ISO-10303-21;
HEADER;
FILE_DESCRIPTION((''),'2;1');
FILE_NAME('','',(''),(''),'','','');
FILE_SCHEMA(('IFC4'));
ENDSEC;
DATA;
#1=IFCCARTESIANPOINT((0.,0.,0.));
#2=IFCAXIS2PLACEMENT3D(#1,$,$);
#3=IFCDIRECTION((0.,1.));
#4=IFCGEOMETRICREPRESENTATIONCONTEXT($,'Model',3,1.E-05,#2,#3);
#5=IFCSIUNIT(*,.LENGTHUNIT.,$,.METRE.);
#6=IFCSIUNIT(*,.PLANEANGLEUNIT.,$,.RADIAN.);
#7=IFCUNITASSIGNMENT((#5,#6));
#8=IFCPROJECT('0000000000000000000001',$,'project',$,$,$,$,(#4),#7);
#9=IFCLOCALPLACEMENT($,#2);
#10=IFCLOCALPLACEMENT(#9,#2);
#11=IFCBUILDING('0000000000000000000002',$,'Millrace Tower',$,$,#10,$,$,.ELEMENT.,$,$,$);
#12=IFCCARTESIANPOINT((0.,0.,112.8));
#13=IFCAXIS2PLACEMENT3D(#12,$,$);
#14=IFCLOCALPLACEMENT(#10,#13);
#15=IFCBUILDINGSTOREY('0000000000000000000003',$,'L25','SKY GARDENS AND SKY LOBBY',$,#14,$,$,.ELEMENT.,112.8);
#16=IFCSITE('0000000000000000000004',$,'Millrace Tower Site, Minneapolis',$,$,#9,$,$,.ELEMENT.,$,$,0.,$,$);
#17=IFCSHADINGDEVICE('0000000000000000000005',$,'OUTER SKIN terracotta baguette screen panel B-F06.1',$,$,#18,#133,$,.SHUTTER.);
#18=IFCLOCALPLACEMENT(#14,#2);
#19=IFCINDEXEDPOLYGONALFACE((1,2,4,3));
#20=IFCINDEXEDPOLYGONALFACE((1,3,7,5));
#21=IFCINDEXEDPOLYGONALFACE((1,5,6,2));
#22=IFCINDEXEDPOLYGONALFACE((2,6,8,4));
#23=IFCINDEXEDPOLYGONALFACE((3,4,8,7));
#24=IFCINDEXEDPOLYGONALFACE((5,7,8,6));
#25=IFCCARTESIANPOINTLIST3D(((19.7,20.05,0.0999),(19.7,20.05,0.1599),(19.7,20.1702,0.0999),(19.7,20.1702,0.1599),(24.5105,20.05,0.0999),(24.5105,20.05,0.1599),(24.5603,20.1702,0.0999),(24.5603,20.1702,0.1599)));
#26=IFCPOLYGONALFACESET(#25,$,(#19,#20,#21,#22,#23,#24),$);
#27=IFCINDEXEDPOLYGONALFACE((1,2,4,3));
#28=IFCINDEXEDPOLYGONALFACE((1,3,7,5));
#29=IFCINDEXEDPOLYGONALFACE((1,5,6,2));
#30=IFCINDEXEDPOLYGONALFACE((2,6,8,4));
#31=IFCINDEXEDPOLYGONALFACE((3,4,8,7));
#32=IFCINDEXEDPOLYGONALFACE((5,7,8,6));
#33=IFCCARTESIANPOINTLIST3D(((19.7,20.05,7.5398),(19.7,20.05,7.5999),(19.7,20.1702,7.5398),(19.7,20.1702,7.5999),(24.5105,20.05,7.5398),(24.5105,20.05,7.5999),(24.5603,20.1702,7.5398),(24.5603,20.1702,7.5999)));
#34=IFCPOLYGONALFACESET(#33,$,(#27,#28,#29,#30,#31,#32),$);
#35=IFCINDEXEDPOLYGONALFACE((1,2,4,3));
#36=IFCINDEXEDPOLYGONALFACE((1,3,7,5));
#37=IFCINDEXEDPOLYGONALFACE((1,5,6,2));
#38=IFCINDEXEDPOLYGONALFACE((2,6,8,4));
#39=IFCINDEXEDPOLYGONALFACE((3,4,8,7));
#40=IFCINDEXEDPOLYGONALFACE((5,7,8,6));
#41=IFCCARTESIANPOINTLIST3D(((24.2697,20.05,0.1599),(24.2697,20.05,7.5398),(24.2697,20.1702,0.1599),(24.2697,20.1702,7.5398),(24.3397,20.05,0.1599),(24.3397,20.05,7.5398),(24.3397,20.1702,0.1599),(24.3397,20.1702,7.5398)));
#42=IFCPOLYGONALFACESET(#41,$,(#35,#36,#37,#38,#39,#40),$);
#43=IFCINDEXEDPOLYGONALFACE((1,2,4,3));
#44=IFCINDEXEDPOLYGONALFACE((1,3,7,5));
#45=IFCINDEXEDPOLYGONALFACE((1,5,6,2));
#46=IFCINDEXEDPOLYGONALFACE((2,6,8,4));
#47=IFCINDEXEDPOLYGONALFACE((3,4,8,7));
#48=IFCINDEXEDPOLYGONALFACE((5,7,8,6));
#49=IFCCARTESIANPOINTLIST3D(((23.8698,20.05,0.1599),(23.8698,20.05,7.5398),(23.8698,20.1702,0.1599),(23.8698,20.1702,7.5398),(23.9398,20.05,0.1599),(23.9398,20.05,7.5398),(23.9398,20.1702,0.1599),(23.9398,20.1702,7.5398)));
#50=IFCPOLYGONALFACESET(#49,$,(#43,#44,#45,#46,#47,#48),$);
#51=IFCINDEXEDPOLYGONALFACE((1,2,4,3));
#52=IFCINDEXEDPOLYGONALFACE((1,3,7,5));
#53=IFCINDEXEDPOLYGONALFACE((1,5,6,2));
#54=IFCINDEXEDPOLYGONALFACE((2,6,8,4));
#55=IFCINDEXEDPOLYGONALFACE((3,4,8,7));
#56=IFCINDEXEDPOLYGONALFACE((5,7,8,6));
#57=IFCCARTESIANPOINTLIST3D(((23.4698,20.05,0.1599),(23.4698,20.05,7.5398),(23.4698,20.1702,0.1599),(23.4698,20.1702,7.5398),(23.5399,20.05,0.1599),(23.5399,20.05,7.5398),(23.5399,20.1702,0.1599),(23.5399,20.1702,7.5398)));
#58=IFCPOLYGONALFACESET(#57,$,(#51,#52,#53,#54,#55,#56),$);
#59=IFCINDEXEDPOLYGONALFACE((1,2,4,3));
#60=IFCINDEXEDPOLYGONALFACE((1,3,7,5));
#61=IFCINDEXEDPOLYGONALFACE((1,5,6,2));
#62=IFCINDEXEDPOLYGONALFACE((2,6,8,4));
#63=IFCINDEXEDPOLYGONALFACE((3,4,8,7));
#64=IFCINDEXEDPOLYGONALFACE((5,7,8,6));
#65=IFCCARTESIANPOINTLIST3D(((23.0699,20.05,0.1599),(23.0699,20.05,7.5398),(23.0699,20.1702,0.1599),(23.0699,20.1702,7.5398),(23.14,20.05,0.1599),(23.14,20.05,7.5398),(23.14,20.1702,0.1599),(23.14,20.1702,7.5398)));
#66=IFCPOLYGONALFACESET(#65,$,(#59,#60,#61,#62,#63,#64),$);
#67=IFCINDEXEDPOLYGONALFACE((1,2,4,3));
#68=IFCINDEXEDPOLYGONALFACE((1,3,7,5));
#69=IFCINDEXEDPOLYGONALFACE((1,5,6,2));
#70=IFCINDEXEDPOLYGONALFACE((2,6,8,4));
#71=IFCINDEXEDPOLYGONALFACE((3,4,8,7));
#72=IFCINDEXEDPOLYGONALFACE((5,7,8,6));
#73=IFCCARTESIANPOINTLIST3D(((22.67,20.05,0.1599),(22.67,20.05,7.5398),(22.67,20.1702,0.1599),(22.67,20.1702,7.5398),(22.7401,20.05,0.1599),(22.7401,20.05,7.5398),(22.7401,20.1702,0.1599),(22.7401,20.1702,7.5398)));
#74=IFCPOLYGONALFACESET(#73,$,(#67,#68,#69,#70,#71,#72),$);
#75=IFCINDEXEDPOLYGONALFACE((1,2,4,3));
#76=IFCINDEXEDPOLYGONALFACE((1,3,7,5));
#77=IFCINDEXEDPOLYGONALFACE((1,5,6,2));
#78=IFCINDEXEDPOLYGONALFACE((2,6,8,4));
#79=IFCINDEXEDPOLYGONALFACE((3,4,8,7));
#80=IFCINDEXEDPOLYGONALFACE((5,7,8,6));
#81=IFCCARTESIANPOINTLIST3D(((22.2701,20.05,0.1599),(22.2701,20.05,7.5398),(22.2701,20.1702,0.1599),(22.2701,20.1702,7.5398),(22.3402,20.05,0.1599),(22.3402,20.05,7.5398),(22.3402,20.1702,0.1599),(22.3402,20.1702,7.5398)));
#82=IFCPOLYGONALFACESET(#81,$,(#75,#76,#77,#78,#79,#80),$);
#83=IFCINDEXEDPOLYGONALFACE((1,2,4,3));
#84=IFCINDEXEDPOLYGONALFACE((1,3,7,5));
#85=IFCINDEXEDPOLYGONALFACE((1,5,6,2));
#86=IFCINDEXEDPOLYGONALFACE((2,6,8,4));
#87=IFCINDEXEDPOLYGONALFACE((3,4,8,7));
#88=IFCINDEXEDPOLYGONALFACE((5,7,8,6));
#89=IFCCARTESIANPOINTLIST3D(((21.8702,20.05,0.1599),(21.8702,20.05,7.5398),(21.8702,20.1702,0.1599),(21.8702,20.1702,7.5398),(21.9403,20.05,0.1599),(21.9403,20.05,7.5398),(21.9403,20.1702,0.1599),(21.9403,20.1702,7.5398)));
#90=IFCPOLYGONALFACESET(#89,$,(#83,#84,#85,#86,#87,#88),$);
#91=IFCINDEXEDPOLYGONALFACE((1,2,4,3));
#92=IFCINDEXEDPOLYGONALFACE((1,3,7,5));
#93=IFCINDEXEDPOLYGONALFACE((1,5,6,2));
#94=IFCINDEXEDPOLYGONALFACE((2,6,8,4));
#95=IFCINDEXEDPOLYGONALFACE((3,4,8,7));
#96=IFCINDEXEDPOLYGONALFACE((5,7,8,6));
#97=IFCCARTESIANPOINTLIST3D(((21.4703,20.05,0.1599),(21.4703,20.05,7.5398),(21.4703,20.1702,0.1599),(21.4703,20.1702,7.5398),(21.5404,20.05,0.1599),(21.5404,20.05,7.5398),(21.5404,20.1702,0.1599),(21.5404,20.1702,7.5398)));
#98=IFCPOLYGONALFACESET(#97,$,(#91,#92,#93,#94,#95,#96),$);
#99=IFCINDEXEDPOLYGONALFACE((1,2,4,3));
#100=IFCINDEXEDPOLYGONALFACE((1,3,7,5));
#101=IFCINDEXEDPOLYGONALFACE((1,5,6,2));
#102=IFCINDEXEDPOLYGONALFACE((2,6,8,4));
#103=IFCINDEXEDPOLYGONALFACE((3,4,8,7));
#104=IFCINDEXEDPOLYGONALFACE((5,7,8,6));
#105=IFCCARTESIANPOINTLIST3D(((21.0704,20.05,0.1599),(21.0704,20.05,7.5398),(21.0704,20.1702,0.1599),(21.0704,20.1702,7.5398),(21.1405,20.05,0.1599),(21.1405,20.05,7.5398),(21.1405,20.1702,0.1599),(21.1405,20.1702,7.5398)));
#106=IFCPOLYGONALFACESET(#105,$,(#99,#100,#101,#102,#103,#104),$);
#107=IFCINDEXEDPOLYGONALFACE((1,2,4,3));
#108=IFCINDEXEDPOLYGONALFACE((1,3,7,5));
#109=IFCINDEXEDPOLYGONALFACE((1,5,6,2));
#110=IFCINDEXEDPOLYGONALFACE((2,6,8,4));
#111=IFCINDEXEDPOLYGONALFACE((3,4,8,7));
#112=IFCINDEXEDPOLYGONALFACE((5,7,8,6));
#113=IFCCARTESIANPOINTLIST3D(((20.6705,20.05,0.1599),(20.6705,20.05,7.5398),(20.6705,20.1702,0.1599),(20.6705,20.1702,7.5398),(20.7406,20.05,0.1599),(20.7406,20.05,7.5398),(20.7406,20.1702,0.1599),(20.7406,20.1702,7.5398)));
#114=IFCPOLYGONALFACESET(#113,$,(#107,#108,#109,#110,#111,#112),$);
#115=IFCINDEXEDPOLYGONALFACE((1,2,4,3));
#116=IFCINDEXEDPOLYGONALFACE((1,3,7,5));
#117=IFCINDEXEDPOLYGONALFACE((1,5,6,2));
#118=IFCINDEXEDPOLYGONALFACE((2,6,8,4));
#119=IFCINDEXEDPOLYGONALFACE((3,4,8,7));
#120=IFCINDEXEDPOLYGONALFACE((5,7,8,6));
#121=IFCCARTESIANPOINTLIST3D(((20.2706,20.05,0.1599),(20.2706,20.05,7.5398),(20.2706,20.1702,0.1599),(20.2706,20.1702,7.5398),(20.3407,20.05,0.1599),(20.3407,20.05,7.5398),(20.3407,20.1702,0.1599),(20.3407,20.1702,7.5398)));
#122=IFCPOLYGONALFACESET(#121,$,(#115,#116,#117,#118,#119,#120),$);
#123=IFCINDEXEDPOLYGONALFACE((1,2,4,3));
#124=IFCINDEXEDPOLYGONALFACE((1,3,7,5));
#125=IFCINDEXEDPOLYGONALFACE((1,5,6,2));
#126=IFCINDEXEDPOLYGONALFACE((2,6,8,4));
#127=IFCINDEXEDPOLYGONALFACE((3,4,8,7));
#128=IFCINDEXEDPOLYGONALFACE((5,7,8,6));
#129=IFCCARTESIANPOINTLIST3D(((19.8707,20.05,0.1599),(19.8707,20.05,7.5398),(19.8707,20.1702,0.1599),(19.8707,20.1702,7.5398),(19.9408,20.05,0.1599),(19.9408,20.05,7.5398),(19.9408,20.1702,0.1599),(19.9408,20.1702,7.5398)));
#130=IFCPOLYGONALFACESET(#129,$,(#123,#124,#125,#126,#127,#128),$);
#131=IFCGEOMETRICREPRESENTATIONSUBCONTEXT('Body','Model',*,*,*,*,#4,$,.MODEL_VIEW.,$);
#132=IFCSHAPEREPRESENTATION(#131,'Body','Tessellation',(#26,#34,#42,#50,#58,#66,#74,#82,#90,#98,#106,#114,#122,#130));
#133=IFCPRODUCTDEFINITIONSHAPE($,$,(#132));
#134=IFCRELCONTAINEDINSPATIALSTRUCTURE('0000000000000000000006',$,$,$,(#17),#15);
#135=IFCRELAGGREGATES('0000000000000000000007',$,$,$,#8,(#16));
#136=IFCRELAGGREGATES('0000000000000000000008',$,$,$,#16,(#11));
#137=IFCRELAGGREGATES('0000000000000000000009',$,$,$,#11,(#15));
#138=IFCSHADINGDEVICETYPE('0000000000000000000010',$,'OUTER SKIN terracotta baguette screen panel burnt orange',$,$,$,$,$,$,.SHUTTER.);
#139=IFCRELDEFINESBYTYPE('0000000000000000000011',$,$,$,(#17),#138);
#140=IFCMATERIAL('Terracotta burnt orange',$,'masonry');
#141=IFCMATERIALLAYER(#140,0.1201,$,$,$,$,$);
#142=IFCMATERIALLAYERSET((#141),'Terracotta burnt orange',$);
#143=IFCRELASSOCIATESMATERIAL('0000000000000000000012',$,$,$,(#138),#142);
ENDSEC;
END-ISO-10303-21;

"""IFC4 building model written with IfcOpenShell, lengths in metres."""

from ifc_helpers import new_model, entity, si_unit, direction, frame, frame_2d, origin, place, context, subcontext, project, spatial, rectangle, extrude, source, transform, mapped, material, layer, layer_set, type_object, element, save


model = new_model("IFC4")

# Units and contexts
model_context = context("Model", 3, precision=1e-05, world=origin(), true_north=direction((0.0, 1.0)))
body_context = subcontext(model_context, "Body", "Model", "MODEL_VIEW")
ifc_project = project(units=[si_unit("LENGTHUNIT", "METRE"), si_unit("PLANEANGLEUNIT", "RADIAN")], contexts=[model_context])

# Site, building, storey
site_placement = place(None, origin())
site = spatial("IfcSite", under=ifc_project, at=site_placement, Name="Millrace Tower Site, Minneapolis", CompositionType="ELEMENT", RefElevation=0.0)
building_placement = place(site_placement, origin())
building = spatial("IfcBuilding", under=site, at=building_placement, Name="Millrace Tower", CompositionType="ELEMENT")
storey_placement = place(building_placement, frame((0.0, 0.0, 112.8)))
storey = spatial("IfcBuildingStorey", under=building, at=storey_placement, Name="L25", Description="SKY GARDENS AND SKY LOBBY", CompositionType="ELEMENT", Elevation=112.8)

# Shading device
ifc_material_1 = material(Name="Terracotta burnt orange", Category="masonry")
ifc_layer_1 = layer(ifc_material_1, 0.1201)
ifc_layer_set_1 = layer_set([ifc_layer_1], Name="Terracotta burnt orange")
shading_device_type = type_object("IfcShadingDeviceType", Name="OUTER SKIN terracotta baguette screen panel burnt orange", PredefinedType="SHUTTER", material=ifc_layer_set_1)
cartesian_point_1 = entity("IfcCartesianPoint", [-2.3928, 0.0601])
shared_polyline_1 = entity("IfcPolyline", [cartesian_point_1, entity("IfcCartesianPoint", [2.4177, 0.0601]), entity("IfcCartesianPoint", [2.4177, -0.0601]), entity("IfcCartesianPoint", [-2.4426, -0.0601]), cartesian_point_1])
shared_shape_1 = source(origin(), body_context, "Body", "SweptSolid", [
    entity("IfcExtrudedAreaSolid", entity("IfcArbitraryClosedProfileDef", "AREA", None, shared_polyline_1), entity("IfcAxis2Placement3D", entity("IfcCartesianPoint", [0.0, 0.0, 0.0])), entity("IfcDirection", [0.0, 0.0, 1.0]), 0.0601),
    entity("IfcExtrudedAreaSolid", entity("IfcArbitraryClosedProfileDef", "AREA", None, shared_polyline_1), entity("IfcAxis2Placement3D", entity("IfcCartesianPoint", [0.0, 0.0, 7.4399])), entity("IfcDirection", [0.0, 0.0, 1.0]), 0.0601),
    extrude(rectangle(XDim=0.0701, YDim=0.1201, at=frame_2d((-2.187, 0.0))), frame((0.0, 0.0, 0.0601)), (0.0, 0.0, 1.0), 7.3799),
    extrude(rectangle(XDim=0.0701, YDim=0.1201, at=frame_2d((-1.7871, 0.0))), frame((0.0, 0.0, 0.0601)), (0.0, 0.0, 1.0), 7.3799),
    extrude(rectangle(XDim=0.0701, YDim=0.1201, at=frame_2d((-1.3872, 0.0))), frame((0.0, 0.0, 0.0601)), (0.0, 0.0, 1.0), 7.3799),
    extrude(rectangle(XDim=0.0701, YDim=0.1201, at=frame_2d((-0.9873, 0.0))), frame((0.0, 0.0, 0.0601)), (0.0, 0.0, 1.0), 7.3799),
    extrude(rectangle(XDim=0.0701, YDim=0.1201, at=frame_2d((-0.5874, 0.0))), frame((0.0, 0.0, 0.0601)), (0.0, 0.0, 1.0), 7.3799),
    extrude(rectangle(XDim=0.0701, YDim=0.1201, at=frame_2d((-0.1875, 0.0))), frame((0.0, 0.0, 0.0601)), (0.0, 0.0, 1.0), 7.3799),
    extrude(rectangle(XDim=0.0701, YDim=0.1201, at=frame_2d((0.2124, 0.0))), frame((0.0, 0.0, 0.0601)), (0.0, 0.0, 1.0), 7.3799),
    extrude(rectangle(XDim=0.0701, YDim=0.1201, at=frame_2d((0.6123, 0.0))), frame((0.0, 0.0, 0.0601)), (0.0, 0.0, 1.0), 7.3799),
    extrude(rectangle(XDim=0.0701, YDim=0.1201, at=frame_2d((1.0122, 0.0))), frame((0.0, 0.0, 0.0601)), (0.0, 0.0, 1.0), 7.3799),
    extrude(rectangle(XDim=0.0701, YDim=0.1201, at=frame_2d((1.4121, 0.0))), frame((0.0, 0.0, 0.0601)), (0.0, 0.0, 1.0), 7.3799),
    extrude(rectangle(XDim=0.0701, YDim=0.1201, at=frame_2d((1.812, 0.0))), frame((0.0, 0.0, 0.0601)), (0.0, 0.0, 1.0), 7.3799),
    extrude(rectangle(XDim=0.0701, YDim=0.1201, at=frame_2d((2.2119, 0.0))), frame((0.0, 0.0, 0.0601)), (0.0, 0.0, 1.0), 7.3799),
])
shading_device_1_placement = place(storey_placement, frame((22.1177, 20.1101, 0.0999), z_axis=(0.0, 0.0, 1.0), x_axis=(-1.0, 0.0, 0.0)))
element("IfcShadingDevice", 1, at=shading_device_1_placement, inside=storey, type_object=shading_device_type, Name="OUTER SKIN terracotta baguette screen panel B-F06.1", PredefinedType="SHUTTER", context=body_context, shape_type="MappedRepresentation", body=[
    mapped(shared_shape_1, transform((0.0, 0.0, 0.0), scale=1.0)),
])

save(model, "model.ifc")
